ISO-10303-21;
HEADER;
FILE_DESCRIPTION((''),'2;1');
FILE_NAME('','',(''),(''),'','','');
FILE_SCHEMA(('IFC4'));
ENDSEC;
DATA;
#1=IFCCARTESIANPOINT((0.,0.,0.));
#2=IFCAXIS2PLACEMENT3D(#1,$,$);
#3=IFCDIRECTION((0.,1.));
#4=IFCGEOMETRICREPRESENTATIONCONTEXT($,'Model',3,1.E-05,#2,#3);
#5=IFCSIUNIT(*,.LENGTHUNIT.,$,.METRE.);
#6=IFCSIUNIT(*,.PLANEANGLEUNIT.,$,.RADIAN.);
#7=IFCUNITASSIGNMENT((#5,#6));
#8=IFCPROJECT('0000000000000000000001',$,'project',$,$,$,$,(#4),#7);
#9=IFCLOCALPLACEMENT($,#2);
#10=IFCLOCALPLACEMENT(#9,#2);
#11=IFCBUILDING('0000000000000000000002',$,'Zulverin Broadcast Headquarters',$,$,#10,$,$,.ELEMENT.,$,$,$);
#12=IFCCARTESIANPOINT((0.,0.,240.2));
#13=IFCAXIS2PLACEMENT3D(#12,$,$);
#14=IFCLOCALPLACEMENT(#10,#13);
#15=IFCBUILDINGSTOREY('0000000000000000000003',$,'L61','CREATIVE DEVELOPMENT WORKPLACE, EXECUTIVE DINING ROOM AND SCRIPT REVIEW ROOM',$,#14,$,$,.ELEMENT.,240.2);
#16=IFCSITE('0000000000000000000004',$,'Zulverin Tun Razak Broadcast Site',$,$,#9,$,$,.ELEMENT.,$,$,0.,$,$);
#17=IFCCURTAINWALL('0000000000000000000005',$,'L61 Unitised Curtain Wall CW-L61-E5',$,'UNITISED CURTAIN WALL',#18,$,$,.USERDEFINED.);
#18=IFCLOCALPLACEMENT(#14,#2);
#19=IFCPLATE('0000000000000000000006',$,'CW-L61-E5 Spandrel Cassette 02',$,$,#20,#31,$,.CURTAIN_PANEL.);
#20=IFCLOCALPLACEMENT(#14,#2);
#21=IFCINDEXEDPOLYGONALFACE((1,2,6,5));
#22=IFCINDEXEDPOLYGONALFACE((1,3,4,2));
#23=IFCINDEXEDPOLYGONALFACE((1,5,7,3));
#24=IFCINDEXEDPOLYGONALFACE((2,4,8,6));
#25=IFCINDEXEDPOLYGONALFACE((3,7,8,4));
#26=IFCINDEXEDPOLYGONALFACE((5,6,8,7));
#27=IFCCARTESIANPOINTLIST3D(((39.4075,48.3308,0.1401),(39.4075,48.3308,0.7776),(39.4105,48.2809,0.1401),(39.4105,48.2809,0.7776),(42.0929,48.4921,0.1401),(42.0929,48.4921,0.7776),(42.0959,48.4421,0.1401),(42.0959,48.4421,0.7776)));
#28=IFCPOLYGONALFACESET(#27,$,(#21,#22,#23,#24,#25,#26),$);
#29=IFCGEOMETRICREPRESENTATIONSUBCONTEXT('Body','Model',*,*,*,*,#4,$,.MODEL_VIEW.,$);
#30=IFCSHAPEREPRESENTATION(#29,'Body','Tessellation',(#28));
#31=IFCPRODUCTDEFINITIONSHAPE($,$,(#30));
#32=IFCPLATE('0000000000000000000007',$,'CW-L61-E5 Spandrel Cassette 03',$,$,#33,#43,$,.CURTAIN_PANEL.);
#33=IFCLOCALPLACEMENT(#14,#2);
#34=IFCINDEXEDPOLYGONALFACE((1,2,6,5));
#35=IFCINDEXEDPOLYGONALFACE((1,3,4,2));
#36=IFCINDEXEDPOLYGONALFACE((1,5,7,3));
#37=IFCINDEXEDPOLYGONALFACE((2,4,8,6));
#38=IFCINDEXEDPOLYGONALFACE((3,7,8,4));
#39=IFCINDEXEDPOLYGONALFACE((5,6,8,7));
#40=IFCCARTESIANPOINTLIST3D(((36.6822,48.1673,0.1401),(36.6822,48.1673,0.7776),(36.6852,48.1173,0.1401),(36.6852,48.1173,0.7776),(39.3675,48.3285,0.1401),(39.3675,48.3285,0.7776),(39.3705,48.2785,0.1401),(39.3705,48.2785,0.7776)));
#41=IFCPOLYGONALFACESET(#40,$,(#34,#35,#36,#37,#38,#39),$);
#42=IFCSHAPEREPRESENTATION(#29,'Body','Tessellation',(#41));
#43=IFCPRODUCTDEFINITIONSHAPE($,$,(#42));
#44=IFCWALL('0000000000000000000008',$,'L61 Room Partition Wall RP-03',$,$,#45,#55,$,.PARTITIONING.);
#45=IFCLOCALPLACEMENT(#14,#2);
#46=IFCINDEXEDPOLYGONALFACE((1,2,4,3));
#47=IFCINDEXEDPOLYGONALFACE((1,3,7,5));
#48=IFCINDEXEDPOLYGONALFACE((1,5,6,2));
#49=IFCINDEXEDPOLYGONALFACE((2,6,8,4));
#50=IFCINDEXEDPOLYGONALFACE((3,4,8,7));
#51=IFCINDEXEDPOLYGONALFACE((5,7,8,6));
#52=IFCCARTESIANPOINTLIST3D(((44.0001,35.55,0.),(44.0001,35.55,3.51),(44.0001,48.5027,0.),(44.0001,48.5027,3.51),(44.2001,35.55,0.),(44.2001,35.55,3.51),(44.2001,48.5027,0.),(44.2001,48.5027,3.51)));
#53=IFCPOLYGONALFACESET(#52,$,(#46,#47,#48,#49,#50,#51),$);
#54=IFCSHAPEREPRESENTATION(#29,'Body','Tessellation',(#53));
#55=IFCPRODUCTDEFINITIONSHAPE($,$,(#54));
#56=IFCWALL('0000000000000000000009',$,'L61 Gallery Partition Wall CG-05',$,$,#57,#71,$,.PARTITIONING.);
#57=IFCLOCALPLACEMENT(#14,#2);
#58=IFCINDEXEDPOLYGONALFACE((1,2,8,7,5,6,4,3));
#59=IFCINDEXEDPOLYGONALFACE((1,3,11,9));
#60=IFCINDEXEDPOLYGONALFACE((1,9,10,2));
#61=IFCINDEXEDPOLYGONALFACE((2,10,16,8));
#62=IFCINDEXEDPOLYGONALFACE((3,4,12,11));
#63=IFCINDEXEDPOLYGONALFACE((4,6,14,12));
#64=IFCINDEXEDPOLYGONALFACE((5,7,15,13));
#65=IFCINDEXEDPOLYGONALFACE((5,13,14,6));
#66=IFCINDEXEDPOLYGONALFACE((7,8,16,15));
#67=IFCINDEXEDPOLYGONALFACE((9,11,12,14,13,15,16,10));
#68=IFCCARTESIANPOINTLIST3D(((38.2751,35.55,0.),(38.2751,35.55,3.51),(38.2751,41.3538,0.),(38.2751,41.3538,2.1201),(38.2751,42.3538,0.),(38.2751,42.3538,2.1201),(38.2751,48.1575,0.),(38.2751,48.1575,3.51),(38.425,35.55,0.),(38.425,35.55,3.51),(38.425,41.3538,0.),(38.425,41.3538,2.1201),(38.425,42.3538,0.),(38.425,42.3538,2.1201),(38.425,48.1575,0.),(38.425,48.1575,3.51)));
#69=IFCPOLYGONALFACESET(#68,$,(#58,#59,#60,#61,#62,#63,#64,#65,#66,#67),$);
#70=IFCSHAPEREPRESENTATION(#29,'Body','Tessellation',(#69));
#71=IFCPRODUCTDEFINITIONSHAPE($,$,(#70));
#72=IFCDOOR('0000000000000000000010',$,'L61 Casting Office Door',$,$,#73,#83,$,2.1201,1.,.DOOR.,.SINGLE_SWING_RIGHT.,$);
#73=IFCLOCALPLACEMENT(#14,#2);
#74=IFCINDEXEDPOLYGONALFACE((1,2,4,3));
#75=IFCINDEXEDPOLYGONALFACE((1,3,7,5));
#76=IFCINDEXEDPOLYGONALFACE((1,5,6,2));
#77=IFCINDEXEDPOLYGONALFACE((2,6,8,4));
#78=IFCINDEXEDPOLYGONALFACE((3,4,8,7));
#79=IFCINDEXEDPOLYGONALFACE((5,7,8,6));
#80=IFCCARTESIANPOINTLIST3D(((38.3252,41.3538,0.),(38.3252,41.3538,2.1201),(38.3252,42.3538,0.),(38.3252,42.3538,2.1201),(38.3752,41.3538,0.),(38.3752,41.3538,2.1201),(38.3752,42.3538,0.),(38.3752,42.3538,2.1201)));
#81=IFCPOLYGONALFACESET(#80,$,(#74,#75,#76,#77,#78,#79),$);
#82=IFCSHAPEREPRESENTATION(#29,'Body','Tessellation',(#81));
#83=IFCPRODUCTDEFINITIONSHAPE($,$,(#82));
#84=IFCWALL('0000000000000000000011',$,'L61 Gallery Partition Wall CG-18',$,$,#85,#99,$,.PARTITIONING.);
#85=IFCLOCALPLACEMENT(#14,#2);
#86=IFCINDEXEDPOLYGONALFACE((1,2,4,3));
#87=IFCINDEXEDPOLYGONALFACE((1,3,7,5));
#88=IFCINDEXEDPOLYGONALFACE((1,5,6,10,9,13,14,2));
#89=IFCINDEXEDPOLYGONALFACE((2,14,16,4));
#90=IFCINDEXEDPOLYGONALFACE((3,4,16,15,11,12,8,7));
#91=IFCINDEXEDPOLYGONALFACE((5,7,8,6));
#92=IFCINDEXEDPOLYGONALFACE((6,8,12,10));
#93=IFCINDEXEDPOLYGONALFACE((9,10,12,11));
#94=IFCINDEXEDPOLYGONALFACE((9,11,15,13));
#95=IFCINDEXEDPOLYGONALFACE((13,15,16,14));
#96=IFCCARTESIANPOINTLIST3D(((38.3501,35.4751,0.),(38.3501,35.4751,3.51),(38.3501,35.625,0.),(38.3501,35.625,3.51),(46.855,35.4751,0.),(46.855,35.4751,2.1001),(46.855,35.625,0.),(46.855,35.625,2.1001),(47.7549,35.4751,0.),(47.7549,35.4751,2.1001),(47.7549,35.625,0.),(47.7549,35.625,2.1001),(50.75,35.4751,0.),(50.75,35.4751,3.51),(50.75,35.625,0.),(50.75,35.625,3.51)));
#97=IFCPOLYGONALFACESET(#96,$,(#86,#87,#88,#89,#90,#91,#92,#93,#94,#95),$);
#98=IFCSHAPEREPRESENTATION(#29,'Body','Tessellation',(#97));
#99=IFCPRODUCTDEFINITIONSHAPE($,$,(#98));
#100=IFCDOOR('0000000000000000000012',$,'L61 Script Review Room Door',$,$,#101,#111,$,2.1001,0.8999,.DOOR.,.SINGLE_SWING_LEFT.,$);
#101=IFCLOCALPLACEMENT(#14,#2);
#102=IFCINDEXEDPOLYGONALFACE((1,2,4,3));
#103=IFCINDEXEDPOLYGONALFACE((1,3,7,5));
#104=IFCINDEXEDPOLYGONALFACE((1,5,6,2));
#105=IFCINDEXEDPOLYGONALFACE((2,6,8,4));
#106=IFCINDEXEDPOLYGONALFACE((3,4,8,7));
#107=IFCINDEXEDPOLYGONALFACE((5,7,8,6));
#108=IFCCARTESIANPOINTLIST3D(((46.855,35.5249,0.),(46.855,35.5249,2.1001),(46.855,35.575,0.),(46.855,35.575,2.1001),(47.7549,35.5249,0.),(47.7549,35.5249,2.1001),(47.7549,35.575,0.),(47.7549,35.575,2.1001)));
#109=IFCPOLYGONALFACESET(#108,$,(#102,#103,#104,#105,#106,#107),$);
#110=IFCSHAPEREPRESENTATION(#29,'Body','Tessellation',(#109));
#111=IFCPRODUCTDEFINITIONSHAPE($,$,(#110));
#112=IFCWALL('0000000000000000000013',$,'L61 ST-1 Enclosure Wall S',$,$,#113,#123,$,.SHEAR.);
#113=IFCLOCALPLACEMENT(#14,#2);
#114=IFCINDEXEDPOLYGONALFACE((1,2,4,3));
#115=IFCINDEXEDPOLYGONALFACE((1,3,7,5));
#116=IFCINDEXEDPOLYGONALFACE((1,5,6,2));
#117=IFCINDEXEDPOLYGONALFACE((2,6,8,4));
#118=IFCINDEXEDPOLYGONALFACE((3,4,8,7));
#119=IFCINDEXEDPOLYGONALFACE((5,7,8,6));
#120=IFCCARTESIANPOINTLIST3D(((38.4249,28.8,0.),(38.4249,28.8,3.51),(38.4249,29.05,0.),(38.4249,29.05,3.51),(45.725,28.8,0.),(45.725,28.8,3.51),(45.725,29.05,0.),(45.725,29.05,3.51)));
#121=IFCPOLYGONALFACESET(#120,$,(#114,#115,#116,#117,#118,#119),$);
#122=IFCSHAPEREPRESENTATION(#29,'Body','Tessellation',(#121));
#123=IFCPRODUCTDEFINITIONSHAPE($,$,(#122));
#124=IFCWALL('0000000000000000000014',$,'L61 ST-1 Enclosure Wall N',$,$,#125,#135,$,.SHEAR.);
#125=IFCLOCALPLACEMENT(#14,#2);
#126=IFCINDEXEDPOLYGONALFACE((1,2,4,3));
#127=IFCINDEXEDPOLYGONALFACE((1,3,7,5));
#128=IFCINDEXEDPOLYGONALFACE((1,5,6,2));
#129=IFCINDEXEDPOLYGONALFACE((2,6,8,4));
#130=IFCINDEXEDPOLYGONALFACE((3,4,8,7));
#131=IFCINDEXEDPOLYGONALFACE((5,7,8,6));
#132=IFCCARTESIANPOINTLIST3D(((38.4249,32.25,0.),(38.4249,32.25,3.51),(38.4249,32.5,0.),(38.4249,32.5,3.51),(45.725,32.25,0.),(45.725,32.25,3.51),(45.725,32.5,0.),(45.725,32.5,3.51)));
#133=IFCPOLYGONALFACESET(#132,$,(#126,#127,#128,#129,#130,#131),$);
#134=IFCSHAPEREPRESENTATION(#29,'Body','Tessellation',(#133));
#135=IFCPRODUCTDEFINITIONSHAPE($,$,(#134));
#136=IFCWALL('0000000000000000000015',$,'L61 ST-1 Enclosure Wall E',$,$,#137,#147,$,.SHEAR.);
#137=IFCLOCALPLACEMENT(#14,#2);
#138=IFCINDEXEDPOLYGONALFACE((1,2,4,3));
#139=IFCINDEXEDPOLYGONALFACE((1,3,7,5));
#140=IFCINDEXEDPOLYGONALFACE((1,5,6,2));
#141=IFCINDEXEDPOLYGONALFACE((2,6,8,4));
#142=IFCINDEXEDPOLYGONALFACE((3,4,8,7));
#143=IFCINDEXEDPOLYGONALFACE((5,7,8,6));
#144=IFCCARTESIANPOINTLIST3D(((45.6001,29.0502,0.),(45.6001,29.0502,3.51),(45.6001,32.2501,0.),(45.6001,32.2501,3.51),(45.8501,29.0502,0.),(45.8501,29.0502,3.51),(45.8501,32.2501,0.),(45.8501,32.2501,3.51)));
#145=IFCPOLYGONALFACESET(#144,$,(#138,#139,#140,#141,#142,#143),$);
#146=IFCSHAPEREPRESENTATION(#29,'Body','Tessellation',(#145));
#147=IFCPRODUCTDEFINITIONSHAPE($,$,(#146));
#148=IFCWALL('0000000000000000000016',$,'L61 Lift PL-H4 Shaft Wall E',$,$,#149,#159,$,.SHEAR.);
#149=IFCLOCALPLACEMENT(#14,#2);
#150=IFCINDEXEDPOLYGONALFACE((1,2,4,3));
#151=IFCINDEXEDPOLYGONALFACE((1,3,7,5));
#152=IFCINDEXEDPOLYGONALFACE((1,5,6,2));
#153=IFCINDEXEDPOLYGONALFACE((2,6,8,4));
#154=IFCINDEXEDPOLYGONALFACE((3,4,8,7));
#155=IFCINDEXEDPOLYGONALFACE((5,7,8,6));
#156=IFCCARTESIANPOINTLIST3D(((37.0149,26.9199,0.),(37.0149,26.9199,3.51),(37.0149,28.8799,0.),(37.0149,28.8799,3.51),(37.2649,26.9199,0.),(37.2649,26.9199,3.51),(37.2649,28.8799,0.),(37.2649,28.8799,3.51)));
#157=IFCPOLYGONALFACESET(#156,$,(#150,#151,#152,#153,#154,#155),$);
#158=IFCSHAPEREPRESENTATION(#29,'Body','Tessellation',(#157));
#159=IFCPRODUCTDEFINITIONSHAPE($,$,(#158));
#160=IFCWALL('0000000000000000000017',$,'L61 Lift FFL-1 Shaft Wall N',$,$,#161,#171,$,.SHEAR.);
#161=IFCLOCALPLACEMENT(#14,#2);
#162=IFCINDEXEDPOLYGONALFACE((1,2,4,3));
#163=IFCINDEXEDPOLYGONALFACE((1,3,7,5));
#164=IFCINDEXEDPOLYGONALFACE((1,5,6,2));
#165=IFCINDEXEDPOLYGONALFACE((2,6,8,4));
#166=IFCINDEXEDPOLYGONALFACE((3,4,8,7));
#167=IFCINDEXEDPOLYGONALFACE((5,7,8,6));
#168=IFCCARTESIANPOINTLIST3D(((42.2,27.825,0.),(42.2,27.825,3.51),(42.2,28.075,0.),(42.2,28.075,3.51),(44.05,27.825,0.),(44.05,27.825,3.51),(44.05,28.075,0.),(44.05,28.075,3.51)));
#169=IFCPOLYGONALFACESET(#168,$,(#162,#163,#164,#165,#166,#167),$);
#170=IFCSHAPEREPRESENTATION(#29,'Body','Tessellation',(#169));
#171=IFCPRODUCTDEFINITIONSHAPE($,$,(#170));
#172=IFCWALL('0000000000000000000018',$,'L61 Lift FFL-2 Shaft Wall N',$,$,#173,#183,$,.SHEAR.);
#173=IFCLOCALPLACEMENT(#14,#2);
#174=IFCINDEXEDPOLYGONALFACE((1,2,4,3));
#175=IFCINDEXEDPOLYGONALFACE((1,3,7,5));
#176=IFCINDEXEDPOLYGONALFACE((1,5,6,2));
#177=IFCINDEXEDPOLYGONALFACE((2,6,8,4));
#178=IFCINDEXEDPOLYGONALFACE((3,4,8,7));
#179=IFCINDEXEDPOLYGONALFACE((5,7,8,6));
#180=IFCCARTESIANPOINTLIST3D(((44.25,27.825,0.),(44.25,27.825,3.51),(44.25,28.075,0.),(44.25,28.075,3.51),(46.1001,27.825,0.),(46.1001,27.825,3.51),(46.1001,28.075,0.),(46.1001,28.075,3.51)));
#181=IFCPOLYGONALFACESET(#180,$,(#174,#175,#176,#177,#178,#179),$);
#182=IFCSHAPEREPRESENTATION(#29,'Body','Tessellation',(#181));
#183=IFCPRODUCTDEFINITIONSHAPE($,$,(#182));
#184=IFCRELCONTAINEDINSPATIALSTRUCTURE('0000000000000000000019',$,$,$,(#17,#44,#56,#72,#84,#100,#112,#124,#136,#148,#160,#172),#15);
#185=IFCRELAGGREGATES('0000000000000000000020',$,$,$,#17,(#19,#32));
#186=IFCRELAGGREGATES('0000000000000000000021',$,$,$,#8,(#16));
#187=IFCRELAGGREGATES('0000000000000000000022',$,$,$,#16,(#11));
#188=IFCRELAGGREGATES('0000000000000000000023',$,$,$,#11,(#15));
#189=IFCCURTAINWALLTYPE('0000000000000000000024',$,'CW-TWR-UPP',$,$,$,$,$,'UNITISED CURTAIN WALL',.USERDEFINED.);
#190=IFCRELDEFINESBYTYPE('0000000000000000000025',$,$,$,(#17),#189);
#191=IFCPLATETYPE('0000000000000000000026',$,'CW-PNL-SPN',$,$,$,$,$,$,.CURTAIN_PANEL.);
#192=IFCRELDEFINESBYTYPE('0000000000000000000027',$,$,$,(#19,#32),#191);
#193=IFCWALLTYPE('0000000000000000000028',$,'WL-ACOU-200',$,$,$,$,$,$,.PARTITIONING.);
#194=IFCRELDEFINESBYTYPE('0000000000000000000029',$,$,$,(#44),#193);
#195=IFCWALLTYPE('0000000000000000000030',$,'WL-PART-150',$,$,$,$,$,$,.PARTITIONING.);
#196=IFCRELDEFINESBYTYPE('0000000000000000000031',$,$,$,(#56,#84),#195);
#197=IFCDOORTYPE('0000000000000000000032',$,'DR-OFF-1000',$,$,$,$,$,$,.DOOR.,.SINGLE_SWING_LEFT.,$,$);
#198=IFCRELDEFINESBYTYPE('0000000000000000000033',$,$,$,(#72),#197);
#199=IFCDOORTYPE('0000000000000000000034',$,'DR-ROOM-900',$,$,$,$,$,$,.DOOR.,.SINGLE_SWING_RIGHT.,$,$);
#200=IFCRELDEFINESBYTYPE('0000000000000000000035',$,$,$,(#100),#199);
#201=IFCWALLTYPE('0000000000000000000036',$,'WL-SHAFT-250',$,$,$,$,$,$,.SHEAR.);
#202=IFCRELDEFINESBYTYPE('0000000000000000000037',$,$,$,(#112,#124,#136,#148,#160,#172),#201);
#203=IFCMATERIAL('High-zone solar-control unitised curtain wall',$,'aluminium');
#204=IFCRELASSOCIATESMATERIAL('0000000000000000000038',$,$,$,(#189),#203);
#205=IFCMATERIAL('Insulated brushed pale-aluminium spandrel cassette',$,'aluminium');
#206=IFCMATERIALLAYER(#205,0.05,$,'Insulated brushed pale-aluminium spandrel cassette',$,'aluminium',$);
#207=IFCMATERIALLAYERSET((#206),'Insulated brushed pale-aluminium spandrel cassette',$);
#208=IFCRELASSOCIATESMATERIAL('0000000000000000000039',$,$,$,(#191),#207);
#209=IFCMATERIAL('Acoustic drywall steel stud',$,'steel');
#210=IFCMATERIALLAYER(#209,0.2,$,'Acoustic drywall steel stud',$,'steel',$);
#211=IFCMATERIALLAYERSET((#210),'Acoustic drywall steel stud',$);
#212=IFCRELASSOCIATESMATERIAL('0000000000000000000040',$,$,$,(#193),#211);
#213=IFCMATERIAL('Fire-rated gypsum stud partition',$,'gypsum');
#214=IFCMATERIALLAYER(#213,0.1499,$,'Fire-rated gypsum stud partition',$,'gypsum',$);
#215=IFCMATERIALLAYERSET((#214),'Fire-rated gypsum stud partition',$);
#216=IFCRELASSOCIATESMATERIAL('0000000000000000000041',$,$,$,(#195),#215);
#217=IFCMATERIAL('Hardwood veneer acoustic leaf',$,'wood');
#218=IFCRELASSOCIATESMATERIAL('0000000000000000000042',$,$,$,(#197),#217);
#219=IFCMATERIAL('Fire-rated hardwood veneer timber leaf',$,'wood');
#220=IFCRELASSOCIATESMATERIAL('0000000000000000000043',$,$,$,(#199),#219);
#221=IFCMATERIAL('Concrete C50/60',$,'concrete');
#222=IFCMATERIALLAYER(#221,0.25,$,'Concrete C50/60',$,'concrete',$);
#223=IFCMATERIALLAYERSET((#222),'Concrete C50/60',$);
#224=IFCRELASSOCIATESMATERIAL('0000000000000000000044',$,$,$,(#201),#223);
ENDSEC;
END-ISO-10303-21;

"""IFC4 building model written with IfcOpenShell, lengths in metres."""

from ifc_helpers import new_model, si_unit, direction, frame, frame_2d, origin, origin_2d, place, context, subcontext, project, spatial, rectangle, extrude, material, layer, layer_set, type_object, element, fill, aggregate, save


model = new_model("IFC4")

# Units and contexts
model_context = context("Model", 3, precision=1e-05, world=origin(), true_north=direction((0.0, 1.0)))
body_context = subcontext(model_context, "Body", "Model", "MODEL_VIEW")
ifc_project = project(units=[si_unit("LENGTHUNIT", "METRE"), si_unit("PLANEANGLEUNIT", "RADIAN")], contexts=[model_context])

# Site, building, storey
site_placement = place(None, origin())
site = spatial("IfcSite", under=ifc_project, at=site_placement, Name="Zulverin Tun Razak Broadcast Site", CompositionType="ELEMENT", RefElevation=0.0)
building_placement = place(site_placement, origin())
building = spatial("IfcBuilding", under=site, at=building_placement, Name="Zulverin Broadcast Headquarters", CompositionType="ELEMENT")
storey_placement = place(building_placement, frame((0.0, 0.0, 240.2)))
storey = spatial("IfcBuildingStorey", under=building, at=storey_placement, Name="L61", Description="CREATIVE DEVELOPMENT WORKPLACE, EXECUTIVE DINING ROOM AND SCRIPT REVIEW ROOM", CompositionType="ELEMENT", Elevation=240.2)

# Shared definitions
ifc_material_1 = material(Name="Concrete C50/60", Category="concrete")

# Curtain wall, plates
ifc_material_2 = material(Name="High-zone solar-control unitised curtain wall", Category="aluminium")
curtain_wall_type = type_object("IfcCurtainWallType", Name="CW-TWR-UPP", ElementType="UNITISED CURTAIN WALL", PredefinedType="USERDEFINED", material=ifc_material_2)
curtain_wall_placement = place(storey_placement, origin())
curtain_wall = element("IfcCurtainWall", 1, at=curtain_wall_placement, inside=storey, type_object=curtain_wall_type, Name="L61 Unitised Curtain Wall CW-L61-E5", ObjectType="UNITISED CURTAIN WALL", PredefinedType="USERDEFINED")
ifc_material_3 = material(Name="Insulated brushed pale-aluminium spandrel cassette", Category="aluminium")
ifc_layer_1 = layer(ifc_material_3, 0.05, Name="Insulated brushed pale-aluminium spandrel cassette", Category="aluminium")
ifc_layer_set_1 = layer_set([ifc_layer_1], Name="Insulated brushed pale-aluminium spandrel cassette")
plate_type_1 = type_object("IfcPlateType", Name="CW-PNL-SPN", PredefinedType="CURTAIN_PANEL", material=ifc_layer_set_1)
plate_1_placement = place(storey_placement, frame((40.7517, 48.3865, 0.1401), z_axis=(0.0, 0.0, 1.0), x_axis=(-0.998203, -0.05993, 0.0)))
plate_1 = element("IfcPlate", 2, at=plate_1_placement, type_object=plate_type_1, Name="CW-L61-E5 Spandrel Cassette 02", PredefinedType="CURTAIN_PANEL", context=body_context, shape_type="SweptSolid", body=[
    extrude(rectangle(XDim=2.6902, YDim=0.05, at=origin_2d()), origin(), (0.0, 0.0, 1.0), 0.6375),
])
plate_2_placement = place(storey_placement, frame((38.0264, 48.2229, 0.1401), z_axis=(0.0, 0.0, 1.0), x_axis=(-0.998203, -0.05993, 0.0)))
plate_2 = element("IfcPlate", 3, at=plate_2_placement, type_object=plate_type_1, Name="CW-L61-E5 Spandrel Cassette 03", PredefinedType="CURTAIN_PANEL", context=body_context, shape_type="SweptSolid", body=[
    extrude(rectangle(XDim=2.6902, YDim=0.05, at=origin_2d()), origin(), (0.0, 0.0, 1.0), 0.6375),
])
aggregate(curtain_wall, [plate_1, plate_2])

# Wall
ifc_material_4 = material(Name="Acoustic drywall steel stud", Category="steel")
ifc_layer_2 = layer(ifc_material_4, 0.2, Name="Acoustic drywall steel stud", Category="steel")
ifc_layer_set_2 = layer_set([ifc_layer_2], Name="Acoustic drywall steel stud")
wall_type_1 = type_object("IfcWallType", Name="WL-ACOU-200", PredefinedType="PARTITIONING", material=ifc_layer_set_2)
wall_1_placement = place(storey_placement, frame((44.1001, 35.55, 0.0), z_axis=(0.0, 0.0, 1.0), x_axis=(0.0, 1.0, 0.0)))
element("IfcWall", 4, at=wall_1_placement, inside=storey, type_object=wall_type_1, Name="L61 Room Partition Wall RP-03", PredefinedType="PARTITIONING", context=body_context, shape_type="SweptSolid", body=[
    extrude(rectangle(XDim=12.9526, YDim=0.2, at=frame_2d((6.4763, 0.0))), origin(), (0.0, 0.0, 1.0), 3.51),
])

# Walls, openings, doors
ifc_material_5 = material(Name="Fire-rated gypsum stud partition", Category="gypsum")
ifc_layer_3 = layer(ifc_material_5, 0.1499, Name="Fire-rated gypsum stud partition", Category="gypsum")
ifc_layer_set_3 = layer_set([ifc_layer_3], Name="Fire-rated gypsum stud partition")
wall_type_2 = type_object("IfcWallType", Name="WL-PART-150", PredefinedType="PARTITIONING", material=ifc_layer_set_3)
wall_2_placement = place(storey_placement, frame((38.3501, 35.55, 0.0), z_axis=(0.0, 0.0, 1.0), x_axis=(0.0, 1.0, 0.0)))
wall_2 = element("IfcWall", 5, at=wall_2_placement, inside=storey, type_object=wall_type_2, Name="L61 Gallery Partition Wall CG-05", PredefinedType="PARTITIONING", context=body_context, shape_type="SweptSolid", body=[
    extrude(rectangle(XDim=12.6074, YDim=0.1499, at=frame_2d((6.3037, 0.0))), origin(), (0.0, 0.0, 1.0), 3.51),
])
opening_1_placement = place(wall_2_placement, frame((5.8037, 0.0, 0.0)))
opening_1 = element("IfcOpeningElement", 6, at=opening_1_placement, cuts=wall_2, PredefinedType="OPENING", context=body_context, shape_type="SweptSolid", body=[
    extrude(rectangle(XDim=1.0, YDim=2.1201, at=frame_2d((0.5, 1.0601))), frame((0.0, 0.085, 0.0), z_axis=(0.0, -1.0, 0.0), x_axis=(1.0, 0.0, 0.0)), (0.0, 0.0, 1.0), 0.1699),
])
ifc_material_6 = material(Name="Hardwood veneer acoustic leaf", Category="wood")
door_type_1 = type_object("IfcDoorType", Name="DR-OFF-1000", OperationType="SINGLE_SWING_LEFT", PredefinedType="DOOR", material=ifc_material_6)
door_1_placement = place(opening_1_placement, origin())
door_1 = element("IfcDoor", 7, at=door_1_placement, inside=storey, type_object=door_type_1, Name="L61 Casting Office Door", OperationType="SINGLE_SWING_RIGHT", OverallHeight=2.1201, OverallWidth=1.0, PredefinedType="DOOR", context=body_context, shape_type="SweptSolid", body=[
    extrude(rectangle(XDim=1.0, YDim=2.1201, at=frame_2d((0.5, 1.0601))), frame((0.0, 0.0249, 0.0), z_axis=(0.0, -1.0, 0.0), x_axis=(1.0, 0.0, 0.0)), (0.0, 0.0, 1.0), 0.05),
])
fill(opening_1, door_1)
wall_3_placement = place(storey_placement, frame((38.3501, 35.55, 0.0), z_axis=(0.0, 0.0, 1.0), x_axis=(1.0, 0.0, 0.0)))
wall_3 = element("IfcWall", 8, at=wall_3_placement, inside=storey, type_object=wall_type_2, Name="L61 Gallery Partition Wall CG-18", PredefinedType="PARTITIONING", context=body_context, shape_type="SweptSolid", body=[
    extrude(rectangle(XDim=12.3999, YDim=0.1499, at=frame_2d((6.2, 0.0))), origin(), (0.0, 0.0, 1.0), 3.51),
])
opening_2_placement = place(wall_3_placement, frame((8.5049, 0.0, 0.0)))
opening_2 = element("IfcOpeningElement", 9, at=opening_2_placement, cuts=wall_3, PredefinedType="OPENING", context=body_context, shape_type="SweptSolid", body=[
    extrude(rectangle(XDim=0.8999, YDim=2.1001, at=frame_2d((0.45, 1.05))), frame((0.0, 0.085, 0.0), z_axis=(0.0, -1.0, 0.0), x_axis=(1.0, 0.0, 0.0)), (0.0, 0.0, 1.0), 0.1699),
])
ifc_material_7 = material(Name="Fire-rated hardwood veneer timber leaf", Category="wood")
door_type_2 = type_object("IfcDoorType", Name="DR-ROOM-900", OperationType="SINGLE_SWING_RIGHT", PredefinedType="DOOR", material=ifc_material_7)
door_2_placement = place(opening_2_placement, origin())
door_2 = element("IfcDoor", 10, at=door_2_placement, inside=storey, type_object=door_type_2, Name="L61 Script Review Room Door", OperationType="SINGLE_SWING_LEFT", OverallHeight=2.1001, OverallWidth=0.8999, PredefinedType="DOOR", context=body_context, shape_type="SweptSolid", body=[
    extrude(rectangle(XDim=0.8999, YDim=2.1001, at=frame_2d((0.45, 1.05))), frame((0.0, 0.0249, 0.0), z_axis=(0.0, -1.0, 0.0), x_axis=(1.0, 0.0, 0.0)), (0.0, 0.0, 1.0), 0.05),
])
fill(opening_2, door_2)

# Walls
ifc_layer_4 = layer(ifc_material_1, 0.25, Name="Concrete C50/60", Category="concrete")
ifc_layer_set_4 = layer_set([ifc_layer_4], Name="Concrete C50/60")
wall_type_3 = type_object("IfcWallType", Name="WL-SHAFT-250", PredefinedType="SHEAR", material=ifc_layer_set_4)
for number, where, z_axis, x_axis, name in (
    (11, (38.425, 28.925, 0.0), (0.0, 0.0, 1.0), (1.0, 0.0, 0.0), "L61 ST-1 Enclosure Wall S"),
    (12, (38.425, 32.375, 0.0), (0.0, 0.0, 1.0), (1.0, 0.0, 0.0), "L61 ST-1 Enclosure Wall N"),
):
    element("IfcWall", number, at=place(storey_placement, frame(where, z_axis=z_axis, x_axis=x_axis)), inside=storey, type_object=wall_type_3, Name=name, PredefinedType="SHEAR", context=body_context, shape_type="SweptSolid", body=[
        extrude(rectangle(XDim=7.3, YDim=0.25, at=frame_2d((3.6499, 0.0))), origin(), (0.0, 0.0, 1.0), 3.51),
    ])

# Walls
wall_4_placement = place(storey_placement, frame((45.7251, 29.05, 0.0), z_axis=(0.0, 0.0, 1.0), x_axis=(0.0, 1.0, 0.0)))
element("IfcWall", 13, at=wall_4_placement, inside=storey, type_object=wall_type_3, Name="L61 ST-1 Enclosure Wall E", PredefinedType="SHEAR", context=body_context, shape_type="SweptSolid", body=[
    extrude(rectangle(XDim=3.2, YDim=0.25, at=frame_2d((1.6001, 0.0))), origin(), (0.0, 0.0, 1.0), 3.51),
])
wall_5_placement = place(storey_placement, frame((37.1399, 26.9199, 0.0), z_axis=(0.0, 0.0, 1.0), x_axis=(0.0, 1.0, 0.0)))
element("IfcWall", 14, at=wall_5_placement, inside=storey, type_object=wall_type_3, Name="L61 Lift PL-H4 Shaft Wall E", PredefinedType="SHEAR", context=body_context, shape_type="SweptSolid", body=[
    extrude(rectangle(XDim=1.96, YDim=0.25, at=frame_2d((0.98, 0.0))), origin(), (0.0, 0.0, 1.0), 3.51),
])
for number, where, z_axis, x_axis, name in (
    (15, (42.2, 27.95, 0.0), (0.0, 0.0, 1.0), (1.0, 0.0, 0.0), "L61 Lift FFL-1 Shaft Wall N"),
    (16, (44.25, 27.95, 0.0), (0.0, 0.0, 1.0), (1.0, 0.0, 0.0), "L61 Lift FFL-2 Shaft Wall N"),
):
    element("IfcWall", number, at=place(storey_placement, frame(where, z_axis=z_axis, x_axis=x_axis)), inside=storey, type_object=wall_type_3, Name=name, PredefinedType="SHEAR", context=body_context, shape_type="SweptSolid", body=[
        extrude(rectangle(XDim=1.8501, YDim=0.25, at=frame_2d((0.925, 0.0))), origin(), (0.0, 0.0, 1.0), 3.51),
    ])

save(model, "model.ifc")
